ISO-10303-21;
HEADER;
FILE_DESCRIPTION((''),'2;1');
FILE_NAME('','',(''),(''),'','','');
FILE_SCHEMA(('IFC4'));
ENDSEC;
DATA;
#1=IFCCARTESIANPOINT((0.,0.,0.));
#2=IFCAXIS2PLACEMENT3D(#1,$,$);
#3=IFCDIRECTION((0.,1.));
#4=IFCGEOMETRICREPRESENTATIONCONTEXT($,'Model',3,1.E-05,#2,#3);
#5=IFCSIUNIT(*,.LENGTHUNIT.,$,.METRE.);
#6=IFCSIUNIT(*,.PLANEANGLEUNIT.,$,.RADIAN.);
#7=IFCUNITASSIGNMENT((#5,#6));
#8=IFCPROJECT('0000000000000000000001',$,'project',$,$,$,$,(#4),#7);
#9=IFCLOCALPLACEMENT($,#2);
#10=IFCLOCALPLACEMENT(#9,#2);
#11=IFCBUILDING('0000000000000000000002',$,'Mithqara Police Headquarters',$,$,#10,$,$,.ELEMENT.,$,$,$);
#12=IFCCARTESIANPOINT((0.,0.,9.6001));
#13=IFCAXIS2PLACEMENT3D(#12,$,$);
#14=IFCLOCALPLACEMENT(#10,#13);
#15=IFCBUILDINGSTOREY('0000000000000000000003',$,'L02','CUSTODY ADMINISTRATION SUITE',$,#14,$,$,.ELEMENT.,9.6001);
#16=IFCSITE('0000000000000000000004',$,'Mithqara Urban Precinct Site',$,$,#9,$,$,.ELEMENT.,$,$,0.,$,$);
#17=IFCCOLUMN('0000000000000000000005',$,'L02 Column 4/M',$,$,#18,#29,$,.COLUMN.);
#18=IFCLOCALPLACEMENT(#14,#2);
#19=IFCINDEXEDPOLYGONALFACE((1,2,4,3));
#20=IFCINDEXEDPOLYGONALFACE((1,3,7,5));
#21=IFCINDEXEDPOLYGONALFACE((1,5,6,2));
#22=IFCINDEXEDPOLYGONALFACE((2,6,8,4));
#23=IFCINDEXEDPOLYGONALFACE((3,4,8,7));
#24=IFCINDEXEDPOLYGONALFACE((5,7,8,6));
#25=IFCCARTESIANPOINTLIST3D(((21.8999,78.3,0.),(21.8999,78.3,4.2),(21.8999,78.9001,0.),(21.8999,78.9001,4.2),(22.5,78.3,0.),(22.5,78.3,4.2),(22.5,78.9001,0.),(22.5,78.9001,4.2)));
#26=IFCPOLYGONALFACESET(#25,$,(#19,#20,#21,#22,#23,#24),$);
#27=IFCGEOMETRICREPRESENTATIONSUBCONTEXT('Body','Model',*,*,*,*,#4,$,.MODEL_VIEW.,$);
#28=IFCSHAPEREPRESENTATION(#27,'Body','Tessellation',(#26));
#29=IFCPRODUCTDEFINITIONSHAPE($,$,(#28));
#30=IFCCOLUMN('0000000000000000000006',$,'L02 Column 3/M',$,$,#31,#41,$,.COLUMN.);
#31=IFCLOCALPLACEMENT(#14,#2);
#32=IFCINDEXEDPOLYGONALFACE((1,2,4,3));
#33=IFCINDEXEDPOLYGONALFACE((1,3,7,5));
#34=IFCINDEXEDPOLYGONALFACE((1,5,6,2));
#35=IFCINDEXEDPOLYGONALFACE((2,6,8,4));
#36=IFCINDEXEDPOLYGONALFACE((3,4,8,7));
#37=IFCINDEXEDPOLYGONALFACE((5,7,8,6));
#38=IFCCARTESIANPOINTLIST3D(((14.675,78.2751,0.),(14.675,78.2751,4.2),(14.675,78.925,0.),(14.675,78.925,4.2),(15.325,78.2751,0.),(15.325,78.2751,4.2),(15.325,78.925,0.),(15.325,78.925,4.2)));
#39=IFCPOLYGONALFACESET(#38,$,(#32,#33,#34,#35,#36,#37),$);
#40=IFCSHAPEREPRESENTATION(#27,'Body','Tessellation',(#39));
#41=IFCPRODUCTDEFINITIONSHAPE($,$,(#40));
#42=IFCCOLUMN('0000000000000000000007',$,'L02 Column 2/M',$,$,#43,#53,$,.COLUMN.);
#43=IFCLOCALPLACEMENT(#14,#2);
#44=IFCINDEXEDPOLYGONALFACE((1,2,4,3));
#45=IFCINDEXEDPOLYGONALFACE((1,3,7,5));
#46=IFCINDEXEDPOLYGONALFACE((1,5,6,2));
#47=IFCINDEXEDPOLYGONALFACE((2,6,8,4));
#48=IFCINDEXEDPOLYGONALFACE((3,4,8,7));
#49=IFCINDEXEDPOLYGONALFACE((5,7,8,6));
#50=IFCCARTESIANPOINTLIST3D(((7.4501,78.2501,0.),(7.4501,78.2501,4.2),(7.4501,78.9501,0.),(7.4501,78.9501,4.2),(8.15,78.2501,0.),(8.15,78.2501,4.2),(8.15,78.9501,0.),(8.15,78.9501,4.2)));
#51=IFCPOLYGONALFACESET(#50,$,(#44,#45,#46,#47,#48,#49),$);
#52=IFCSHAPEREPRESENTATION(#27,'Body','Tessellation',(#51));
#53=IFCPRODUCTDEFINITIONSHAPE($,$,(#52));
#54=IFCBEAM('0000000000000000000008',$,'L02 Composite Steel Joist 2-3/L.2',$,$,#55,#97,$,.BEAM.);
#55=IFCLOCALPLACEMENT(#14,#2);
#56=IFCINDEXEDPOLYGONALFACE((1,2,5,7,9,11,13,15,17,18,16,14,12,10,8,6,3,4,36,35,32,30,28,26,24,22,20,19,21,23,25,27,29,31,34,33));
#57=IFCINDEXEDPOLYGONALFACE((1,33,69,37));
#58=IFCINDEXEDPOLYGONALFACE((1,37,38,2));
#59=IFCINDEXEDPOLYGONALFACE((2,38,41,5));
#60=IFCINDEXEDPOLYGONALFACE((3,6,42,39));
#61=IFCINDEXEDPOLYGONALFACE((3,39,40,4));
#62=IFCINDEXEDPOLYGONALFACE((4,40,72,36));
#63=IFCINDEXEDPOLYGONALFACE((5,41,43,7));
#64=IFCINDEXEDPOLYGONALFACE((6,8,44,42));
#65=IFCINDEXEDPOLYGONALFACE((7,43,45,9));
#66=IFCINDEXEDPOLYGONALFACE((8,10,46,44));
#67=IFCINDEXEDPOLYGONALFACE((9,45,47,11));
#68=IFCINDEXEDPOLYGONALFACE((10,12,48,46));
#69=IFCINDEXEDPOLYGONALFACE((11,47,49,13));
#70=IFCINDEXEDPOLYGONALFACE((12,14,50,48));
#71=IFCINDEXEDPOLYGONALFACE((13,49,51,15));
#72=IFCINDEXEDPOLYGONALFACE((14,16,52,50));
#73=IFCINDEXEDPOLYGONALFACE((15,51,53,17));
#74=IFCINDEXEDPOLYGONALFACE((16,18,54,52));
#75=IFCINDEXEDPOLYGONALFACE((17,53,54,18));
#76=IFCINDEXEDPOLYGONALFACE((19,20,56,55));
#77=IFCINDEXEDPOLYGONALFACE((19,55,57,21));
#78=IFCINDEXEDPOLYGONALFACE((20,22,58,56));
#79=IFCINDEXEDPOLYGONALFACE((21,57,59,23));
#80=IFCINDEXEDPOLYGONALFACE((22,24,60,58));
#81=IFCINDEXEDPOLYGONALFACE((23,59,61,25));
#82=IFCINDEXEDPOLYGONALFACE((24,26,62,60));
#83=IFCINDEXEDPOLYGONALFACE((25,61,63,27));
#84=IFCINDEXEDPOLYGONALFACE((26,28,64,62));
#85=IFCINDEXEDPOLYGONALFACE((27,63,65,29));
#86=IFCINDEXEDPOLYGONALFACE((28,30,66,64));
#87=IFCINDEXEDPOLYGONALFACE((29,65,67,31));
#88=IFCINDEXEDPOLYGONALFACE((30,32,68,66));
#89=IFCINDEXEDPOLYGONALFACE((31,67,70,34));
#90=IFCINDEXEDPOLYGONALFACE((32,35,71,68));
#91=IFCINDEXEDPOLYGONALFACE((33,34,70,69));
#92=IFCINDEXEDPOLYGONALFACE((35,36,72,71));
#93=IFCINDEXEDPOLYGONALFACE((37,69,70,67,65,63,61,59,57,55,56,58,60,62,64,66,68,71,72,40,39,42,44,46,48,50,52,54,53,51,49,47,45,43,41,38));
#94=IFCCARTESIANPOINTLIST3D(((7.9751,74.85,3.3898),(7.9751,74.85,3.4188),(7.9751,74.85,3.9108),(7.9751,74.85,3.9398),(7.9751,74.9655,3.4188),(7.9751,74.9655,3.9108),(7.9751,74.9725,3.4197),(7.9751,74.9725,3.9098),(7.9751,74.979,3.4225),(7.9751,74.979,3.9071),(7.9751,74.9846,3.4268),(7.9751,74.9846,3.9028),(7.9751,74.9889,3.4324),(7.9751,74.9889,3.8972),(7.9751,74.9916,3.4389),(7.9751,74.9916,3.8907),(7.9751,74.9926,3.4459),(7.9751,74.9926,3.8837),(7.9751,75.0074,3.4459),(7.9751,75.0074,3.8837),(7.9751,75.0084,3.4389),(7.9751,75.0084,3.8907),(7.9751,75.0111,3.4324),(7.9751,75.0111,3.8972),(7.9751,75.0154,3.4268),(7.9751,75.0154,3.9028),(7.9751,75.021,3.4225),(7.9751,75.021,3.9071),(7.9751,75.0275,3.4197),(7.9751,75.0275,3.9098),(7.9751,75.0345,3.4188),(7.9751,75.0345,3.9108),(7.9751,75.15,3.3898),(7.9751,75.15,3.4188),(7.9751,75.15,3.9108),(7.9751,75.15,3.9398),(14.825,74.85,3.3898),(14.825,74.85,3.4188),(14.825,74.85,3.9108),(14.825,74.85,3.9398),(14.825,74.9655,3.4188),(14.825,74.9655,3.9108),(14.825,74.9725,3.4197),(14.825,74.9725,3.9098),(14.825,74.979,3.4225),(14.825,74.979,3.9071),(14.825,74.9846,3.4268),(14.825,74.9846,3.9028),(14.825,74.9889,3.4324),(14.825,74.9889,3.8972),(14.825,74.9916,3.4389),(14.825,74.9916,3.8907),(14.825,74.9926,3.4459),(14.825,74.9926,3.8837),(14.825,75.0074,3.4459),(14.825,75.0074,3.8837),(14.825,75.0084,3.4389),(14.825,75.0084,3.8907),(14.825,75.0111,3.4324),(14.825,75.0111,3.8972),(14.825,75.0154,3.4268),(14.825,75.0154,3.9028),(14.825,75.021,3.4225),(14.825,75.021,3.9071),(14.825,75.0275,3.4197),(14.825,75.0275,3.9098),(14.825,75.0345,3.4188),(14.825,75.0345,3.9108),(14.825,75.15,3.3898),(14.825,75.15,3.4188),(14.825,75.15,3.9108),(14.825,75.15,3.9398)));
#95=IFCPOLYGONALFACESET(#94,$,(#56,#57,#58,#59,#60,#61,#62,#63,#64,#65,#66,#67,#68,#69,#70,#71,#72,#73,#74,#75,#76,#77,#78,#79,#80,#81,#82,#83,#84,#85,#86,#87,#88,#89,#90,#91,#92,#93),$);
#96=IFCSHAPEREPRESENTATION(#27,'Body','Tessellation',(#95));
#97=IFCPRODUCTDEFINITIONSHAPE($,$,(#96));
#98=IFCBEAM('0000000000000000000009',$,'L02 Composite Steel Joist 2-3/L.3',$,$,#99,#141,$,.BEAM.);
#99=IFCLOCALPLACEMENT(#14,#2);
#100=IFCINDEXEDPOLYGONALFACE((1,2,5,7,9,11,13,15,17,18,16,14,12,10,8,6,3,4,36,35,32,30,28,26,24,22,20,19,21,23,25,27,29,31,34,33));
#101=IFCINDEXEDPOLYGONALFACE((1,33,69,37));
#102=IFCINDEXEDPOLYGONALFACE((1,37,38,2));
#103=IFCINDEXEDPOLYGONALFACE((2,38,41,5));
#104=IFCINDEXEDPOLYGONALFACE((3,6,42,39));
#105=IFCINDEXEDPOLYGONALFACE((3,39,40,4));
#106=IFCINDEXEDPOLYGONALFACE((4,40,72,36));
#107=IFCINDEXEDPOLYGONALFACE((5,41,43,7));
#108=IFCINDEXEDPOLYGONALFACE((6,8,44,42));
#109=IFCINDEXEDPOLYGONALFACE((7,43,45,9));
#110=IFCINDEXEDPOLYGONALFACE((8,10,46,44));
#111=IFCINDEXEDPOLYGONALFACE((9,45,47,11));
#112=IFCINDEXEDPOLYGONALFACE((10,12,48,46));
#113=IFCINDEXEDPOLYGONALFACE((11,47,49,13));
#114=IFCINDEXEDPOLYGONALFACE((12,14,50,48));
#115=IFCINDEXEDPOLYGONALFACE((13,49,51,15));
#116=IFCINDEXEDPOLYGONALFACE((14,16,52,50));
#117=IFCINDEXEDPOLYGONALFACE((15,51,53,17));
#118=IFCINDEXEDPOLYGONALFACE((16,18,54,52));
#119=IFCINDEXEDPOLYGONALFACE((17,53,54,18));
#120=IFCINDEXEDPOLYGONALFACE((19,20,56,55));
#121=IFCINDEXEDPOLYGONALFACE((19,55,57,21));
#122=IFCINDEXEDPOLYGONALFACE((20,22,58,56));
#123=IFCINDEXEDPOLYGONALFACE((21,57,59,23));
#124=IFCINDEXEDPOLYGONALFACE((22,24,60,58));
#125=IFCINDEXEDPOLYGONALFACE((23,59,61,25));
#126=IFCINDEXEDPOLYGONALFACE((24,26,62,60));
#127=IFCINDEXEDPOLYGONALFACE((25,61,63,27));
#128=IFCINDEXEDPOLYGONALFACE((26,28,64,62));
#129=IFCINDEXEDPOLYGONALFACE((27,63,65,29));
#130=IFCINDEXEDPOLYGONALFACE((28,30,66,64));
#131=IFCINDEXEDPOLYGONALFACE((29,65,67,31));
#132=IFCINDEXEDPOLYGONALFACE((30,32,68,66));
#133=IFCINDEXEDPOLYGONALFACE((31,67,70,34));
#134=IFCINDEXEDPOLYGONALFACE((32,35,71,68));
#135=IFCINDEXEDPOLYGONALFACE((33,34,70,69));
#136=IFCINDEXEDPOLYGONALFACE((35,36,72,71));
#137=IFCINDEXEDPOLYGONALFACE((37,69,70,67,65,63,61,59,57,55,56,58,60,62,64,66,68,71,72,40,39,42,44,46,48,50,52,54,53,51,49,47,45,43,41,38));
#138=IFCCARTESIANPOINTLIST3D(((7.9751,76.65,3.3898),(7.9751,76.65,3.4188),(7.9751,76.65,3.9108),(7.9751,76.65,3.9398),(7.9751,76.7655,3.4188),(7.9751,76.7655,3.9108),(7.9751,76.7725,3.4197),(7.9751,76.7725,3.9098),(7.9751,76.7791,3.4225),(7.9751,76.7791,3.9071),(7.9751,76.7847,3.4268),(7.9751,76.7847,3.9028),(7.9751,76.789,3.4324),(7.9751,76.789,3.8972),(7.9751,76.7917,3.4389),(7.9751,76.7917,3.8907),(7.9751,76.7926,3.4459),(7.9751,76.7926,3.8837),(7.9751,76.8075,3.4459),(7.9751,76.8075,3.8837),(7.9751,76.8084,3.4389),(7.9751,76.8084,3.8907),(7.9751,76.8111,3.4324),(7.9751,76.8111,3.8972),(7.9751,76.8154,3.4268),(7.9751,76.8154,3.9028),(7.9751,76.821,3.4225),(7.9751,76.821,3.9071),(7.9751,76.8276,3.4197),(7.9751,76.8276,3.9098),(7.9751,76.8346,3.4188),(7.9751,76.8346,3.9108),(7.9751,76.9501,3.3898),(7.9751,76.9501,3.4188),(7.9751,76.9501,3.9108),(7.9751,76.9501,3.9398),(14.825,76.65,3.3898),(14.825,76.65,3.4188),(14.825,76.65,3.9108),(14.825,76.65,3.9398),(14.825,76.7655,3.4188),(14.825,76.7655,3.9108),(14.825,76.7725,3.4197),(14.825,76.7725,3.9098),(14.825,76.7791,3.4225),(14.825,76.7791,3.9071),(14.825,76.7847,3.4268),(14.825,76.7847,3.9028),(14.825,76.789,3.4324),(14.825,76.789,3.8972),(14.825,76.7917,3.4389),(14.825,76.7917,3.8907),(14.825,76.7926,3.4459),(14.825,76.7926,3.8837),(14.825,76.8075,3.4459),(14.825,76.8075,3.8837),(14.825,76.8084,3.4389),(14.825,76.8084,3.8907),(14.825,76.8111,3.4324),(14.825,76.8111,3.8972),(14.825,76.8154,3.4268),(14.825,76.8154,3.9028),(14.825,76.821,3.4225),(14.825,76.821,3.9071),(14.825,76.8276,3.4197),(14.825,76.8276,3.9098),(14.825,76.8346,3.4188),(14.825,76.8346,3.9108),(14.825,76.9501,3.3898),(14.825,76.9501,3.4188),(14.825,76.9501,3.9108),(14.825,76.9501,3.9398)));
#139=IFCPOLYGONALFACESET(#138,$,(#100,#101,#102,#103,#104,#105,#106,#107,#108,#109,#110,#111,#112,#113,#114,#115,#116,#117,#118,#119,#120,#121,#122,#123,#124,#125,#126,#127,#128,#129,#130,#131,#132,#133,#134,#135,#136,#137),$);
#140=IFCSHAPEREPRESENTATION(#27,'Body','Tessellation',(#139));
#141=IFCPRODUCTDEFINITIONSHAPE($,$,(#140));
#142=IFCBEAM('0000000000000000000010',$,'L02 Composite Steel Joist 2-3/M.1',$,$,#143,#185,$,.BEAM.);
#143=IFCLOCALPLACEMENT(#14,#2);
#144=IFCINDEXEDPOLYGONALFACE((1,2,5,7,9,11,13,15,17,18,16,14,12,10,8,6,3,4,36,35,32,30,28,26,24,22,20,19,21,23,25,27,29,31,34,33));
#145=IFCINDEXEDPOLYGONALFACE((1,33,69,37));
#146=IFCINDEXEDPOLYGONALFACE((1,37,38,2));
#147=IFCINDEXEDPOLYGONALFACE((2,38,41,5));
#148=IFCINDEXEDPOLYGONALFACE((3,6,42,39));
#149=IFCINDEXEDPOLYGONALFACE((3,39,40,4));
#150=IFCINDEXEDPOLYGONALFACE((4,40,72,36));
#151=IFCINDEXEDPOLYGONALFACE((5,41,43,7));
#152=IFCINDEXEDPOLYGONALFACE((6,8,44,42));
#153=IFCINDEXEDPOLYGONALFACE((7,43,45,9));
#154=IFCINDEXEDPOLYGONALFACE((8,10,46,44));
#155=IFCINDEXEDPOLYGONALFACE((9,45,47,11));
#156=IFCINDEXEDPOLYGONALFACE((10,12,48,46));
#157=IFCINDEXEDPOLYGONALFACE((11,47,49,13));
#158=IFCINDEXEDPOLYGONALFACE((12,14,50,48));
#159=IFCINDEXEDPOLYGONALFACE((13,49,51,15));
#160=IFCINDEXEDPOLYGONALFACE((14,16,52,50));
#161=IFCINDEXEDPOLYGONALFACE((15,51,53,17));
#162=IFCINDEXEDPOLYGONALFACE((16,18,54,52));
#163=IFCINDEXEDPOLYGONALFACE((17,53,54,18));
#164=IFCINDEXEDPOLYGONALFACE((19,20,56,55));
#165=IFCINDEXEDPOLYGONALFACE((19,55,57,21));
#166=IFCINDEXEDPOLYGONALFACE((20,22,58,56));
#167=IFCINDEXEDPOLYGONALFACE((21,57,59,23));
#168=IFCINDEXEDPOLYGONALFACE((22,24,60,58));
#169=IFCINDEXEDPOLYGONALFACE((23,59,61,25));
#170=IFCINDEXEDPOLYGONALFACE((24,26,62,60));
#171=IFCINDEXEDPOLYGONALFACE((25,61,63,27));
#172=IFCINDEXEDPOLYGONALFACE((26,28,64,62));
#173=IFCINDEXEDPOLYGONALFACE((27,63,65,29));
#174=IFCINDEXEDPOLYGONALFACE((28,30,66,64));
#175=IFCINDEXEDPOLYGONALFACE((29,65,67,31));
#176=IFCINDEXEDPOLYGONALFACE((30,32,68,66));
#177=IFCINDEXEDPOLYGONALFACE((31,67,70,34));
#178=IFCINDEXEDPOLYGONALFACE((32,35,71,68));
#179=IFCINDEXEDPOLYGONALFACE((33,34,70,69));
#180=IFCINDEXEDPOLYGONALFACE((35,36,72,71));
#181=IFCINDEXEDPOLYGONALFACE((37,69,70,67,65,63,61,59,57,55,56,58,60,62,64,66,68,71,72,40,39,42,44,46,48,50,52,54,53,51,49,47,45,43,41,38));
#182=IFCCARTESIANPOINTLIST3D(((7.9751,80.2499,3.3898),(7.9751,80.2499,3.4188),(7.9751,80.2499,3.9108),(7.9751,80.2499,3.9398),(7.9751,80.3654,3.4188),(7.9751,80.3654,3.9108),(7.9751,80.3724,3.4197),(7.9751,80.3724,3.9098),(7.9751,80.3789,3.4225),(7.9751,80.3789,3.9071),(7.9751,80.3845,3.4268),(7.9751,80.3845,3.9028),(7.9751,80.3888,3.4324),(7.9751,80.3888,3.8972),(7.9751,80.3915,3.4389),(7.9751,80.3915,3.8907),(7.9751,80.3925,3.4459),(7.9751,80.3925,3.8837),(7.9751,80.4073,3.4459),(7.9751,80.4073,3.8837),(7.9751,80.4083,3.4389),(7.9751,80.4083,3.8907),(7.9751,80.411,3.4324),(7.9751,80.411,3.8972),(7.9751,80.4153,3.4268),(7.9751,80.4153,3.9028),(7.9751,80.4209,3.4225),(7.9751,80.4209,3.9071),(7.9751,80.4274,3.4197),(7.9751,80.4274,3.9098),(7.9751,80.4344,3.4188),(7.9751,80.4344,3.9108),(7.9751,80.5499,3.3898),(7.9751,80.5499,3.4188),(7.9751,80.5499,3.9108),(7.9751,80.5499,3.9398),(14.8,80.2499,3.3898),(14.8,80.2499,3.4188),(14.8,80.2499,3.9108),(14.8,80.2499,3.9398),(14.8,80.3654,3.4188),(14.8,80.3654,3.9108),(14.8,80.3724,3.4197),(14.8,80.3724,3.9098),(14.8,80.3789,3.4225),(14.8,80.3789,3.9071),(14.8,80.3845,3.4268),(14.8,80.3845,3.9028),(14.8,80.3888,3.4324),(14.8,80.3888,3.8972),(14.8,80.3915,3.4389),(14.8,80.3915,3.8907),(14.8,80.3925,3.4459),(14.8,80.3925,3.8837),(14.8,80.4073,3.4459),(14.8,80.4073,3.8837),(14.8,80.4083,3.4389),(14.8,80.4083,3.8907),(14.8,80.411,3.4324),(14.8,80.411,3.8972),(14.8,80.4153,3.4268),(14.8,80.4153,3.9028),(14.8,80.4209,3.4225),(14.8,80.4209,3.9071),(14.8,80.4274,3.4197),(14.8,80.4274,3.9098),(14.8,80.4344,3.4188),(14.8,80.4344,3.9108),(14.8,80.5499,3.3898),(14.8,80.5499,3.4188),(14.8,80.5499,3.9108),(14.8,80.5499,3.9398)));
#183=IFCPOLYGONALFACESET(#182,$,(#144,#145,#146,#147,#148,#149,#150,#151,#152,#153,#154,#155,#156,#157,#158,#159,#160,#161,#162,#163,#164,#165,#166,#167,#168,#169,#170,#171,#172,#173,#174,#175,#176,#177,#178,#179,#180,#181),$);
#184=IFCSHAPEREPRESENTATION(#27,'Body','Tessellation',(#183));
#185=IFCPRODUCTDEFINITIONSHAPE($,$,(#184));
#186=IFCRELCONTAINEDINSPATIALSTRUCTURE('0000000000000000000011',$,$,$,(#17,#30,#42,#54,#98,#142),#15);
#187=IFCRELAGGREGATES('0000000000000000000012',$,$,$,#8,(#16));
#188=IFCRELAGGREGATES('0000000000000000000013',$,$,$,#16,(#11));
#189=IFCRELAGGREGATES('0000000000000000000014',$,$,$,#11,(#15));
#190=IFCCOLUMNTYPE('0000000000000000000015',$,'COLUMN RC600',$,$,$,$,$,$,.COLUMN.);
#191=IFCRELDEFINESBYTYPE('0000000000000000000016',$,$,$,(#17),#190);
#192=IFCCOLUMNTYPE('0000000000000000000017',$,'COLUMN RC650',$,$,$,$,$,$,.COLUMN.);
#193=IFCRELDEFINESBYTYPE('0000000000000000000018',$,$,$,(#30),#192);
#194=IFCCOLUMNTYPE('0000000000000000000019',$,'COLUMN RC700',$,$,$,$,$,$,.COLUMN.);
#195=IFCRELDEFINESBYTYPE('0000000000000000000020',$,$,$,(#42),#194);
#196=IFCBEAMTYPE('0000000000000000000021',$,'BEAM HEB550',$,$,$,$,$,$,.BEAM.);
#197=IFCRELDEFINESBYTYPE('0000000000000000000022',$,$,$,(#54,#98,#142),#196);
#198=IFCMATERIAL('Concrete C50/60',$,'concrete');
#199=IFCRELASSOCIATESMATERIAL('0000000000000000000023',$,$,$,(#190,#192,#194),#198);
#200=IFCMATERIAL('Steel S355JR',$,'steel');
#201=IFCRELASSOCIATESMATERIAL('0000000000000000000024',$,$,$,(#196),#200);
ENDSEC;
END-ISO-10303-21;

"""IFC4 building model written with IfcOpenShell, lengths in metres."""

from ifc_helpers import new_model, si_unit, direction, frame, origin, origin_2d, place, context, subcontext, project, spatial, rectangle, i_section, extrude, material, material_profile, profile_set, type_object, element, save


model = new_model("IFC4")

# Units and contexts
model_context = context("Model", 3, precision=1e-05, world=origin(), true_north=direction((0.0, 1.0)))
body_context = subcontext(model_context, "Body", "Model", "MODEL_VIEW")
ifc_project = project(units=[si_unit("LENGTHUNIT", "METRE"), si_unit("PLANEANGLEUNIT", "RADIAN")], contexts=[model_context])

# Site, building, storey
site_placement = place(None, origin())
site = spatial("IfcSite", under=ifc_project, at=site_placement, Name="Mithqara Urban Precinct Site", CompositionType="ELEMENT", RefElevation=0.0)
building_placement = place(site_placement, origin())
building = spatial("IfcBuilding", under=site, at=building_placement, Name="Mithqara Police Headquarters", CompositionType="ELEMENT")
storey_placement = place(building_placement, frame((0.0, 0.0, 9.6001)))
storey = spatial("IfcBuildingStorey", under=building, at=storey_placement, Name="L02", Description="CUSTODY ADMINISTRATION SUITE", CompositionType="ELEMENT", Elevation=9.6001)

# Columns
ifc_material_1 = material(Name="Concrete C50/60", Category="concrete")
ifc_material_profile_1 = material_profile(ifc_material_1, rectangle(XDim=0.6001, YDim=0.6001, at=origin_2d()), Name="RC 600x600")
ifc_profile_set_1 = profile_set([ifc_material_profile_1], Name="Concrete C50/60")
column_type_1 = type_object("IfcColumnType", Name="COLUMN RC600", PredefinedType="COLUMN", material=ifc_profile_set_1)
column_1_placement = place(storey_placement, frame((22.2, 78.6001, 0.0), z_axis=(0.0, 0.0, 1.0), x_axis=(1.0, 0.0, 0.0)))
element("IfcColumn", 1, at=column_1_placement, inside=storey, type_object=column_type_1, Name="L02 Column 4/M", PredefinedType="COLUMN", context=body_context, shape_type="SweptSolid", body=[
    extrude(rectangle(XDim=0.6001, YDim=0.6001, at=origin_2d()), origin(), (0.0, 0.0, 1.0), 4.2),
])
ifc_material_profile_2 = material_profile(ifc_material_1, rectangle(XDim=0.6499, YDim=0.6499, at=origin_2d()), Name="RC 650x650")
ifc_profile_set_2 = profile_set([ifc_material_profile_2], Name="Concrete C50/60")
column_type_2 = type_object("IfcColumnType", Name="COLUMN RC650", PredefinedType="COLUMN", material=ifc_profile_set_2)
column_2_placement = place(storey_placement, frame((15.0, 78.6001, 0.0), z_axis=(0.0, 0.0, 1.0), x_axis=(1.0, 0.0, 0.0)))
element("IfcColumn", 2, at=column_2_placement, inside=storey, type_object=column_type_2, Name="L02 Column 3/M", PredefinedType="COLUMN", context=body_context, shape_type="SweptSolid", body=[
    extrude(rectangle(XDim=0.6499, YDim=0.6499, at=origin_2d()), origin(), (0.0, 0.0, 1.0), 4.2),
])
ifc_material_profile_3 = material_profile(ifc_material_1, rectangle(XDim=0.7, YDim=0.7, at=origin_2d()), Name="RC 700x700")
ifc_profile_set_3 = profile_set([ifc_material_profile_3], Name="Concrete C50/60")
column_type_3 = type_object("IfcColumnType", Name="COLUMN RC700", PredefinedType="COLUMN", material=ifc_profile_set_3)
column_3_placement = place(storey_placement, frame((7.8, 78.6001, 0.0), z_axis=(0.0, 0.0, 1.0), x_axis=(1.0, 0.0, 0.0)))
element("IfcColumn", 3, at=column_3_placement, inside=storey, type_object=column_type_3, Name="L02 Column 2/M", PredefinedType="COLUMN", context=body_context, shape_type="SweptSolid", body=[
    extrude(rectangle(XDim=0.7, YDim=0.7, at=origin_2d()), origin(), (0.0, 0.0, 1.0), 4.2),
])

# Beams
ifc_material_2 = material(Name="Steel S355JR", Category="steel")
ifc_material_profile_4 = material_profile(ifc_material_2, i_section(OverallWidth=0.3, OverallDepth=0.55, WebThickness=0.0149, FlangeThickness=0.0291, FilletRadius=0.0271, at=origin_2d()), Name="HEB 550")
ifc_profile_set_4 = profile_set([ifc_material_profile_4], Name="Steel S355JR")
beam_type_1 = type_object("IfcBeamType", Name="BEAM HEB550", PredefinedType="BEAM", material=ifc_profile_set_4)
for number, where, z_axis, x_axis, name in (
    (4, (7.9751, 75.0, 3.6648), (1.0, 0.0, 0.0), (0.0, 1.0, 0.0), "L02 Composite Steel Joist 2-3/L.2"),
    (5, (7.9751, 76.8, 3.6648), (1.0, 0.0, 0.0), (0.0, 1.0, 0.0), "L02 Composite Steel Joist 2-3/L.3"),
):
    element("IfcBeam", number, at=place(storey_placement, frame(where, z_axis=z_axis, x_axis=x_axis)), inside=storey, type_object=beam_type_1, Name=name, PredefinedType="BEAM", context=body_context, shape_type="SweptSolid", body=[
        extrude(i_section(OverallWidth=0.3, OverallDepth=0.55, WebThickness=0.0149, FlangeThickness=0.0291, FilletRadius=0.0271, at=origin_2d()), origin(), (0.0, 0.0, 1.0), 6.8499),
    ])
for number, where, z_axis, x_axis, name in (
    (6, (7.9751, 80.3999, 3.6648), (1.0, 0.0, 0.0), (0.0, 1.0, 0.0), "L02 Composite Steel Joist 2-3/M.1"),
):
    element("IfcBeam", number, at=place(storey_placement, frame(where, z_axis=z_axis, x_axis=x_axis)), inside=storey, type_object=beam_type_1, Name=name, PredefinedType="BEAM", context=body_context, shape_type="SweptSolid", body=[
        extrude(i_section(OverallWidth=0.3, OverallDepth=0.55, WebThickness=0.0149, FlangeThickness=0.0291, FilletRadius=0.0271, at=origin_2d()), origin(), (0.0, 0.0, 1.0), 6.825),
    ])

save(model, "model.ifc")
